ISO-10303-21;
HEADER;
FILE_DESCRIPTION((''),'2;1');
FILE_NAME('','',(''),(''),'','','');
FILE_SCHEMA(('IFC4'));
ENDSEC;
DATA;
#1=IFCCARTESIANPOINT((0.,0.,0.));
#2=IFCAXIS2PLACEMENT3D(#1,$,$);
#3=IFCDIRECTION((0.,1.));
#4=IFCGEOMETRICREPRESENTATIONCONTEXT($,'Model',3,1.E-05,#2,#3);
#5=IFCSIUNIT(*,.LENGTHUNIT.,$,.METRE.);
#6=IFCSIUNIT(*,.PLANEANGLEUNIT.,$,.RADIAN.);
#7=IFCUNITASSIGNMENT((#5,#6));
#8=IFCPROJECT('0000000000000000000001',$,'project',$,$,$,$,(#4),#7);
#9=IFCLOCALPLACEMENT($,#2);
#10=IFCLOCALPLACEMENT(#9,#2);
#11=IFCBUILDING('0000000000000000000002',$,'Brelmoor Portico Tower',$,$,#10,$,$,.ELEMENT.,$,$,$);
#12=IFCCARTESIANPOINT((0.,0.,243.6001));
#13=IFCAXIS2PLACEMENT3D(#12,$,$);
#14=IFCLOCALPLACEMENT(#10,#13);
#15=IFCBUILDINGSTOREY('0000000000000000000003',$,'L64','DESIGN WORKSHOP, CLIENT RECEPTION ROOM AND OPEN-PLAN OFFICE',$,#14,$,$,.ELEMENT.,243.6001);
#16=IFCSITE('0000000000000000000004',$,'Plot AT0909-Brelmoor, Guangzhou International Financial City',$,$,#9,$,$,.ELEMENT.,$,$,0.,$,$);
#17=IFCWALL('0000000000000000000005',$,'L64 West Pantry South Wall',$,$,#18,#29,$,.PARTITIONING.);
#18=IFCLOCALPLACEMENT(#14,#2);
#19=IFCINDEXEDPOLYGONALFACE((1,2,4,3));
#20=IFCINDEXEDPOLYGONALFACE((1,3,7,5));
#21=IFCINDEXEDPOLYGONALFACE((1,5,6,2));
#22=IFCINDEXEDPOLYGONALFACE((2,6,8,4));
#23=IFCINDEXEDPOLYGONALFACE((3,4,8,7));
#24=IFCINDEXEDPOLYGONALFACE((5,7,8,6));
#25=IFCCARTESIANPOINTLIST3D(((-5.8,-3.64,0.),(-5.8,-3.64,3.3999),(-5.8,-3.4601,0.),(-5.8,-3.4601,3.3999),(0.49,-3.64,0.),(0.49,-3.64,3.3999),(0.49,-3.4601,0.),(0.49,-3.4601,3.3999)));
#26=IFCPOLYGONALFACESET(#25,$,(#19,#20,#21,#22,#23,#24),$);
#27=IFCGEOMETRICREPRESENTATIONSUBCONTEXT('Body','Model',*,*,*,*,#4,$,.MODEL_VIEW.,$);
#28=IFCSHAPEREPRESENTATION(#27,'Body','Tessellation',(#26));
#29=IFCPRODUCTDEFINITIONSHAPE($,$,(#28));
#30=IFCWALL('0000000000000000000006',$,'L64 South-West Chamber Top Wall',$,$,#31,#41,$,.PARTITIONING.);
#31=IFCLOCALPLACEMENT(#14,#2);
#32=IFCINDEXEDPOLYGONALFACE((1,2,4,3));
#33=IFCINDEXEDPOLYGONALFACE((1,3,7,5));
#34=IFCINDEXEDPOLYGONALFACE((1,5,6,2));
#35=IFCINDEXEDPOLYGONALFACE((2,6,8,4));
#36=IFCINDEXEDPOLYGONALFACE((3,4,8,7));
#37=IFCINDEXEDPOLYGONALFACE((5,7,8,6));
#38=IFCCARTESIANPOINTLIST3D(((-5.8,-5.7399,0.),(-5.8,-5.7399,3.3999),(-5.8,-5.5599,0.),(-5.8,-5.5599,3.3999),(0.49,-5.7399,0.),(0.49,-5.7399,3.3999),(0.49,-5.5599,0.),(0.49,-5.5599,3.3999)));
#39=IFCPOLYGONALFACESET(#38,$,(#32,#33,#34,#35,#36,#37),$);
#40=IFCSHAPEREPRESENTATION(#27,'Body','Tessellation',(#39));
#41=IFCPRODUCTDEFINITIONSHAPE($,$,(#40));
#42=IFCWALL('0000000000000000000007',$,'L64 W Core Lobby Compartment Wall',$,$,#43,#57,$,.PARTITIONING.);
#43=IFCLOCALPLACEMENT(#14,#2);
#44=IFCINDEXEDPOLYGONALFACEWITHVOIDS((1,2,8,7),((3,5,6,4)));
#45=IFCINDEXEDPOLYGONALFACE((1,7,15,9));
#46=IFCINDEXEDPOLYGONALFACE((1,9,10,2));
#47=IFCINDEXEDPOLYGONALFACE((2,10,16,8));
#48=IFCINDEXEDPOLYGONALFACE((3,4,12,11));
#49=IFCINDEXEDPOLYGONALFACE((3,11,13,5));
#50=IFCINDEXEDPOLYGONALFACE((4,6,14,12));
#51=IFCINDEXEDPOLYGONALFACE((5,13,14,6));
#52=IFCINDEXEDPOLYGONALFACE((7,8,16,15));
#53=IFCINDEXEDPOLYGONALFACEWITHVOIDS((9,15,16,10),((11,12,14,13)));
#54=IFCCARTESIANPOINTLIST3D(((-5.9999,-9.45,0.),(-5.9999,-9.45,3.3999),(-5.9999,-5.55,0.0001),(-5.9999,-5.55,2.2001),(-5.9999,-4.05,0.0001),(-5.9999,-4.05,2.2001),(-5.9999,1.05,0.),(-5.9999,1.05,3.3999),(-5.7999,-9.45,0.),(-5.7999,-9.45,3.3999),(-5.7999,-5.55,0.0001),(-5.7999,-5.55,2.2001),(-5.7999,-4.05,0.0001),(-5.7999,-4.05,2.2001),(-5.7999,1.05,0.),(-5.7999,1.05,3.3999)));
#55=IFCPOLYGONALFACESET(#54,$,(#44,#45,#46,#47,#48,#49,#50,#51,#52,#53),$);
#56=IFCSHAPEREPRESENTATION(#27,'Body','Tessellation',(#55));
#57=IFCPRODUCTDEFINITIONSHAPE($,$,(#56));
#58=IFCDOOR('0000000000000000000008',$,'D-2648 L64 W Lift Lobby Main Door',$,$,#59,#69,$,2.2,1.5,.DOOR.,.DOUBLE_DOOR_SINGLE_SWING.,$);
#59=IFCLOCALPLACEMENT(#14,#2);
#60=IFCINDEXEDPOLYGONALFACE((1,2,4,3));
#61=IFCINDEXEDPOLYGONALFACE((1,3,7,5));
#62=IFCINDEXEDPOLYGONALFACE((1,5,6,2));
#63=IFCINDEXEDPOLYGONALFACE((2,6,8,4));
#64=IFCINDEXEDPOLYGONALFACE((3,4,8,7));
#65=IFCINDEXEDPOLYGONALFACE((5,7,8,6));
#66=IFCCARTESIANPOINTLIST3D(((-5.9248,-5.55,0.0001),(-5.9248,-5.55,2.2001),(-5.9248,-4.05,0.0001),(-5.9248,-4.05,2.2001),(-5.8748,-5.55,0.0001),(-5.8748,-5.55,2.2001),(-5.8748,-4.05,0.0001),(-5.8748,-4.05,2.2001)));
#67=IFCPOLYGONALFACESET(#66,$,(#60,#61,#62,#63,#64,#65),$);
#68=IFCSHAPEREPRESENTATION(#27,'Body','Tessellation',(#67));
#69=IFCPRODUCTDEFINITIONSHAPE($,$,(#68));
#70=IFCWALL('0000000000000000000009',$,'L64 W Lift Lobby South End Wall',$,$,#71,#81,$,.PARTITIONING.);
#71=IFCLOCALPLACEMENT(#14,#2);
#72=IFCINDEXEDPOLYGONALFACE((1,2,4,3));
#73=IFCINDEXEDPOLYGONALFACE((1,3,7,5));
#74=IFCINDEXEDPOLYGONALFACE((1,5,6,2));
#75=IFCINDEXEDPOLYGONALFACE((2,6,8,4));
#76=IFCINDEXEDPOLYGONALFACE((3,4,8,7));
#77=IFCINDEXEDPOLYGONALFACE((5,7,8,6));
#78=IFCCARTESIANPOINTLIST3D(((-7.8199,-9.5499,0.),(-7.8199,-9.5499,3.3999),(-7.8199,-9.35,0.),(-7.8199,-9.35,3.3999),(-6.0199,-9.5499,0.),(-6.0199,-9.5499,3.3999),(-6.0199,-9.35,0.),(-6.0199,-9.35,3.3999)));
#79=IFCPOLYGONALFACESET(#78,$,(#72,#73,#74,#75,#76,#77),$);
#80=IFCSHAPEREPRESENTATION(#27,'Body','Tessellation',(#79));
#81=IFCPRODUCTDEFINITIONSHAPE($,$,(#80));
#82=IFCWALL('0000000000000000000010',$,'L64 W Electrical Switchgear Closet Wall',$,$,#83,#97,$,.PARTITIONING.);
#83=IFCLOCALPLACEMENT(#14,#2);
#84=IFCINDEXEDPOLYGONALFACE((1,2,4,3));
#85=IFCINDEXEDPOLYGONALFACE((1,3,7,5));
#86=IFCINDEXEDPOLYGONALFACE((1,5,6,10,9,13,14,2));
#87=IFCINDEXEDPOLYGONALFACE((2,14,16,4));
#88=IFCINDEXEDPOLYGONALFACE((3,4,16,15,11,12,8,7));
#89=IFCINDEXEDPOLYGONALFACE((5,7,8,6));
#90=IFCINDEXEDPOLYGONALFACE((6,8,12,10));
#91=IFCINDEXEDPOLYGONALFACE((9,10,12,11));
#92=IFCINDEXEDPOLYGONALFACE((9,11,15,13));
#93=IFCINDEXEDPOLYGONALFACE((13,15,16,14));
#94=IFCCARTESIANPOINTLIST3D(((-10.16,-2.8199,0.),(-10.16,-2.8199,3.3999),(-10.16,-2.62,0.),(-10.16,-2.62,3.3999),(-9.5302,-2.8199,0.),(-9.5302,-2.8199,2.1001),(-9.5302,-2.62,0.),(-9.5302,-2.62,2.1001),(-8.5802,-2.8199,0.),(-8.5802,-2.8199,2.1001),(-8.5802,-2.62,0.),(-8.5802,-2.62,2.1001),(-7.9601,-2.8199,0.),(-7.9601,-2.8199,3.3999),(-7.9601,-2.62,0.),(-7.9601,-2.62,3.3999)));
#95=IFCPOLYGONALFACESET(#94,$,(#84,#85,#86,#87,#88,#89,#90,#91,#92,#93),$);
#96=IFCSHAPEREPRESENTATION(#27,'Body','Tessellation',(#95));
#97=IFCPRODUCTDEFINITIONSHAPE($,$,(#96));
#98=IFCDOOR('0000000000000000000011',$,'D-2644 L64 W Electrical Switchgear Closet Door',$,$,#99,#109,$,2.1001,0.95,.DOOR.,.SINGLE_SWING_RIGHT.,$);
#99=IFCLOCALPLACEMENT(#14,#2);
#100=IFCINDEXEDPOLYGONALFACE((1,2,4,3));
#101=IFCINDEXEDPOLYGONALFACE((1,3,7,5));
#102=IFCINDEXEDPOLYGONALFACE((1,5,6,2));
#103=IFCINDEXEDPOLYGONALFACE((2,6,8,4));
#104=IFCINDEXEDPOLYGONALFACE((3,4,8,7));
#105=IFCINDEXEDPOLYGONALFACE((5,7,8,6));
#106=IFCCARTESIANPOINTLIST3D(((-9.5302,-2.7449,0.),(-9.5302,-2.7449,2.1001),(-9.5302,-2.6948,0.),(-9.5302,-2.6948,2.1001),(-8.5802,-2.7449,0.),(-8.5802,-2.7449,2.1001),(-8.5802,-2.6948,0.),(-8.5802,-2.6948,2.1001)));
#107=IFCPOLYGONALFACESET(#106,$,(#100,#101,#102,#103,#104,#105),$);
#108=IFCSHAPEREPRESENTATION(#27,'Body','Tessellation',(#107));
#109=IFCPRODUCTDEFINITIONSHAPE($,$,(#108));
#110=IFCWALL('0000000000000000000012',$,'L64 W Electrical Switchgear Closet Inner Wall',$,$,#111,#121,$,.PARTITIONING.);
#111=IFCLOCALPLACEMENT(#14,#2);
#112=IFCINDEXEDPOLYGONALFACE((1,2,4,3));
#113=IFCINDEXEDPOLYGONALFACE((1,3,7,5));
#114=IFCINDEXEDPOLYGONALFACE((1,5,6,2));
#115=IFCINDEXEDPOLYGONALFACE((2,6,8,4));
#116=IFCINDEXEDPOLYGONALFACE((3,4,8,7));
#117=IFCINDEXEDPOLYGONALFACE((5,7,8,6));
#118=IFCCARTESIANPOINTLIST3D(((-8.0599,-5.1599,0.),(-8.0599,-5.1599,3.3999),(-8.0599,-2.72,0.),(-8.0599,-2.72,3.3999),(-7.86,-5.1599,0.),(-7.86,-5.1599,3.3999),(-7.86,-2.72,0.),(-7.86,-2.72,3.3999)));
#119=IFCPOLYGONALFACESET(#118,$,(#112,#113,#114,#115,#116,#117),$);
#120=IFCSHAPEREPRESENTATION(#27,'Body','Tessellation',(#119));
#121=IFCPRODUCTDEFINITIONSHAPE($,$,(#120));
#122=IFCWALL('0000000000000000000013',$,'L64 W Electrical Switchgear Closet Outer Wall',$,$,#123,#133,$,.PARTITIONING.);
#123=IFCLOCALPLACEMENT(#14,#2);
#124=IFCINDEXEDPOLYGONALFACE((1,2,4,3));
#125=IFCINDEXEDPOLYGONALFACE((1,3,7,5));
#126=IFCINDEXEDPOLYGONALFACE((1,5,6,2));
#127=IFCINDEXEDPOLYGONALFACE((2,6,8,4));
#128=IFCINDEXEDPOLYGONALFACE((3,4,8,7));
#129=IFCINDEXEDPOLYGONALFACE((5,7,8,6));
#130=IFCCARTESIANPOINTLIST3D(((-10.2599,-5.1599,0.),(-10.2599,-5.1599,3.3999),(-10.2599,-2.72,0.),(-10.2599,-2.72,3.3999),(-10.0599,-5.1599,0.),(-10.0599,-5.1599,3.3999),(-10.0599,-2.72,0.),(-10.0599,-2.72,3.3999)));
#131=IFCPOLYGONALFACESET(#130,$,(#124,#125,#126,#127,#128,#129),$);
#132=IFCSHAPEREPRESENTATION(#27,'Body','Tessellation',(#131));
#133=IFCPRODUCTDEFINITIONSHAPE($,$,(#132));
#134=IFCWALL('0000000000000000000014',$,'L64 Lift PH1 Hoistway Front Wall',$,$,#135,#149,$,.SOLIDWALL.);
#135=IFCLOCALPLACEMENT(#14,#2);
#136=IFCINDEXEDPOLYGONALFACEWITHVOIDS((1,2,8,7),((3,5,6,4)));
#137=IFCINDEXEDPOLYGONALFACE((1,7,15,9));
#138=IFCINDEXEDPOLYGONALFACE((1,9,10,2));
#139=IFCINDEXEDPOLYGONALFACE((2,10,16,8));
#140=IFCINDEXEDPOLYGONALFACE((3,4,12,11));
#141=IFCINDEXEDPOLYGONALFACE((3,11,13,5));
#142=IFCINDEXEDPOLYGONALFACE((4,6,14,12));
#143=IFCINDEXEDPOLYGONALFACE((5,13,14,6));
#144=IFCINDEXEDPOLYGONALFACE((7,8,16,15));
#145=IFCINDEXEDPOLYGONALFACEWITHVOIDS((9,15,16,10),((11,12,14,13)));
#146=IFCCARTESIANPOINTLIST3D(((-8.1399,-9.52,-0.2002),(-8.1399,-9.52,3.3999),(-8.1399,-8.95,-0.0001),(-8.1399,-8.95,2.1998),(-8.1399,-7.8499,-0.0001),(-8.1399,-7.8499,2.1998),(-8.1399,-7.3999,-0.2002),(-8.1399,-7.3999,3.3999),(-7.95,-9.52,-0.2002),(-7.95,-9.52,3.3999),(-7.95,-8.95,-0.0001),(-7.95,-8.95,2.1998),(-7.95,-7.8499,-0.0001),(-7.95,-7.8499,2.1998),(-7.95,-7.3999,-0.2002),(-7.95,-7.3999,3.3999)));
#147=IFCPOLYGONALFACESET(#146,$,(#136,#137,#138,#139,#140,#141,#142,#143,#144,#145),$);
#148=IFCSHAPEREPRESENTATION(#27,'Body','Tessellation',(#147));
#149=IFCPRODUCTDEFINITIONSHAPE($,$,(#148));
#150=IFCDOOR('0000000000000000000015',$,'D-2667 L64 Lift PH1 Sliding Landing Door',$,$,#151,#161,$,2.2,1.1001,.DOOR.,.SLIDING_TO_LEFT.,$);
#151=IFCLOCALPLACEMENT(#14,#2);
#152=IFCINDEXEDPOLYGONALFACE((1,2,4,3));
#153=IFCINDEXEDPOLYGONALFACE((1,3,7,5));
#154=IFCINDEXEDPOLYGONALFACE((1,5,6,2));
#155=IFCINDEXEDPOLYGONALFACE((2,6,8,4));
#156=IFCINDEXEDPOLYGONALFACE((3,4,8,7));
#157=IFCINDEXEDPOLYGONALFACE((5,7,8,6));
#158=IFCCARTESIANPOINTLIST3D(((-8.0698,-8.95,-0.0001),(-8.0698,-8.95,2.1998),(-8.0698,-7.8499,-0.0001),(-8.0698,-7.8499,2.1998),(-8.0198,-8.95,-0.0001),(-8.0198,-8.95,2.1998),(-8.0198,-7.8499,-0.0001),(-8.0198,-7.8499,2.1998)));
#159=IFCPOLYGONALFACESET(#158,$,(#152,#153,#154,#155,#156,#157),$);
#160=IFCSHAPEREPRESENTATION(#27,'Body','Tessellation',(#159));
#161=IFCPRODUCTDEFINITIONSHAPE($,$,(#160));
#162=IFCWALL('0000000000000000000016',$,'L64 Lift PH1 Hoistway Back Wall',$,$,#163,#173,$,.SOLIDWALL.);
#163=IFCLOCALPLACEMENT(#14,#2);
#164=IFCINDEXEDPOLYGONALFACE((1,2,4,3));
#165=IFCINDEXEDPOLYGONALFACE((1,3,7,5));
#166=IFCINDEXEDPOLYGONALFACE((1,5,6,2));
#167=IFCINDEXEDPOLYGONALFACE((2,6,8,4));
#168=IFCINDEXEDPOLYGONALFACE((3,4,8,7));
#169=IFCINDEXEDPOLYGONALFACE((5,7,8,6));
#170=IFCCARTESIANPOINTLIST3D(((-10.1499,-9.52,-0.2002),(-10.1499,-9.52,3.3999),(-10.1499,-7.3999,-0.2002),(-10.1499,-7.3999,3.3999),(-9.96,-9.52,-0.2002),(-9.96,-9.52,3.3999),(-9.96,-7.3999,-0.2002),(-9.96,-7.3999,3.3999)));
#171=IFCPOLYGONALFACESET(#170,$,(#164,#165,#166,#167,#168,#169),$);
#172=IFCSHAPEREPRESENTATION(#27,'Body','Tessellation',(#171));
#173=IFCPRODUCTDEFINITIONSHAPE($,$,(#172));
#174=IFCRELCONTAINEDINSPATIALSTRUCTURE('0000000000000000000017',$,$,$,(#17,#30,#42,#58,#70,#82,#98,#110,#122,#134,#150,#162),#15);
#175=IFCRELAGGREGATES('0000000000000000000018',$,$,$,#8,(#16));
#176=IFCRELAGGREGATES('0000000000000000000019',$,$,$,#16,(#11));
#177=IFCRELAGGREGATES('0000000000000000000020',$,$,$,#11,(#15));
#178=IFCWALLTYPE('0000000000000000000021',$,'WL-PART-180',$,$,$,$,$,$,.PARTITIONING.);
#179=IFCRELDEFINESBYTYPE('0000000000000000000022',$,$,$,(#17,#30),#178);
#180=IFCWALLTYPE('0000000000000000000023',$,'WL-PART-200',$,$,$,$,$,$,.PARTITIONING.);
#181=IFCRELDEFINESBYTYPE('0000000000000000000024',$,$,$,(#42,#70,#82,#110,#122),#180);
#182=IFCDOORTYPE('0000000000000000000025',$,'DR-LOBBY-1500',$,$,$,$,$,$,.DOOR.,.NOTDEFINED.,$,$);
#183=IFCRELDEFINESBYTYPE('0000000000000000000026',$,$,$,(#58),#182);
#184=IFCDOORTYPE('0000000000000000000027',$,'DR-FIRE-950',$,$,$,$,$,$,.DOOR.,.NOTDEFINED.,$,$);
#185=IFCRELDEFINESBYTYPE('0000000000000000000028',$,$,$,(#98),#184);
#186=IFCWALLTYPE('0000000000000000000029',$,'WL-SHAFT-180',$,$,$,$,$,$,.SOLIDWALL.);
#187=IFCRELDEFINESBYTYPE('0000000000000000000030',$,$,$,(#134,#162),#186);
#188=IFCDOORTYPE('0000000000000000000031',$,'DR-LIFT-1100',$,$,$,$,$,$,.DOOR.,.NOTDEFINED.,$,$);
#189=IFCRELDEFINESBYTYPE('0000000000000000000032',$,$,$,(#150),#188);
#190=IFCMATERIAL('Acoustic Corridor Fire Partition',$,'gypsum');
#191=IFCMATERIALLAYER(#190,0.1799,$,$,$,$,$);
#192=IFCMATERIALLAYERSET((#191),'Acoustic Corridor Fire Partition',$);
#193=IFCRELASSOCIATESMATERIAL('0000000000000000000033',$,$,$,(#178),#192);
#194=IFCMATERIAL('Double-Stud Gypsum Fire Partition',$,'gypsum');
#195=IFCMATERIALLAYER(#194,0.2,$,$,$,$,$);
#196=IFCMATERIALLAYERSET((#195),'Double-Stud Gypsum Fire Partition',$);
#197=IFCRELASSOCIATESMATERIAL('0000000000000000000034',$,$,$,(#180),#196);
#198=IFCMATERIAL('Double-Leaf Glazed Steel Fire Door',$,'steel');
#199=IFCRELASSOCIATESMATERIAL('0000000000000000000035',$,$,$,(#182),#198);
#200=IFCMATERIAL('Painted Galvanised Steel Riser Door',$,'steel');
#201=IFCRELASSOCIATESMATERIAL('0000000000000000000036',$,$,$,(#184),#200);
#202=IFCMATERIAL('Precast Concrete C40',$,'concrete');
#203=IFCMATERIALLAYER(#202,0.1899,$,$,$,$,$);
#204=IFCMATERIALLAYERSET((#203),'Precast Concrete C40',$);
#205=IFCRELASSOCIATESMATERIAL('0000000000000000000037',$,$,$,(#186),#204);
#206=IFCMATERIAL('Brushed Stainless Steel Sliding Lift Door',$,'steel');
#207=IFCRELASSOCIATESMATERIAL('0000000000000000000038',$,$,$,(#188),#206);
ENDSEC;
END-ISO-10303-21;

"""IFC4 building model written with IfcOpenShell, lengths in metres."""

from ifc_helpers import new_model, si_unit, direction, frame, frame_2d, origin, place, context, subcontext, project, spatial, rectangle, extrude, material, layer, layer_set, type_object, element, fill, save


model = new_model("IFC4")

# Units and contexts
model_context = context("Model", 3, precision=1e-05, world=origin(), true_north=direction((0.0, 1.0)))
body_context = subcontext(model_context, "Body", "Model", "MODEL_VIEW")
ifc_project = project(units=[si_unit("LENGTHUNIT", "METRE"), si_unit("PLANEANGLEUNIT", "RADIAN")], contexts=[model_context])

# Site, building, storey
site_placement = place(None, origin())
site = spatial("IfcSite", under=ifc_project, at=site_placement, Name="Plot AT0909-Brelmoor, Guangzhou International Financial City", CompositionType="ELEMENT", RefElevation=0.0)
building_placement = place(site_placement, origin())
building = spatial("IfcBuilding", under=site, at=building_placement, Name="Brelmoor Portico Tower", CompositionType="ELEMENT")
storey_placement = place(building_placement, frame((0.0, 0.0, 243.6001)))
storey = spatial("IfcBuildingStorey", under=building, at=storey_placement, Name="L64", Description="DESIGN WORKSHOP, CLIENT RECEPTION ROOM AND OPEN-PLAN OFFICE", CompositionType="ELEMENT", Elevation=243.6001)

# Walls
ifc_material_1 = material(Name="Acoustic Corridor Fire Partition", Category="gypsum")
ifc_layer_1 = layer(ifc_material_1, 0.1799)
ifc_layer_set_1 = layer_set([ifc_layer_1], Name="Acoustic Corridor Fire Partition")
wall_type_1 = type_object("IfcWallType", Name="WL-PART-180", PredefinedType="PARTITIONING", material=ifc_layer_set_1)
for number, where, z_axis, x_axis, name in (
    (1, (-5.8, -3.55, 0.0), (0.0, 0.0, 1.0), (1.0, 0.0, 0.0), "L64 West Pantry South Wall"),
    (2, (-5.8, -5.6499, 0.0), (0.0, 0.0, 1.0), (1.0, 0.0, 0.0), "L64 South-West Chamber Top Wall"),
):
    element("IfcWall", number, at=place(storey_placement, frame(where, z_axis=z_axis, x_axis=x_axis)), inside=storey, type_object=wall_type_1, Name=name, PredefinedType="PARTITIONING", context=body_context, shape_type="SweptSolid", body=[
        extrude(rectangle(XDim=6.29, YDim=0.1799, at=frame_2d((3.145, 0.0))), origin(), (0.0, 0.0, 1.0), 3.3999),
    ])

# Wall, opening, door
ifc_material_2 = material(Name="Double-Stud Gypsum Fire Partition", Category="gypsum")
ifc_layer_2 = layer(ifc_material_2, 0.2)
ifc_layer_set_2 = layer_set([ifc_layer_2], Name="Double-Stud Gypsum Fire Partition")
wall_type_2 = type_object("IfcWallType", Name="WL-PART-200", PredefinedType="PARTITIONING", material=ifc_layer_set_2)
wall_1_placement = place(storey_placement, frame((-5.8999, -9.45, 0.0), z_axis=(0.0, 0.0, 1.0), x_axis=(0.0, 1.0, 0.0)))
wall_1 = element("IfcWall", 3, at=wall_1_placement, inside=storey, type_object=wall_type_2, Name="L64 W Core Lobby Compartment Wall", PredefinedType="PARTITIONING", context=body_context, shape_type="SweptSolid", body=[
    extrude(rectangle(XDim=10.5, YDim=0.2, at=frame_2d((5.25, 0.0))), origin(), (0.0, 0.0, 1.0), 3.3999),
])
opening_1_placement = place(wall_1_placement, frame((3.8999, 0.0, 0.0)))
opening_1 = element("IfcOpeningElement", 4, at=opening_1_placement, cuts=wall_1, PredefinedType="OPENING", context=body_context, shape_type="SweptSolid", body=[
    extrude(rectangle(XDim=1.5, YDim=2.2, at=frame_2d((0.75, 1.1001))), frame((0.0, 0.1099, 0.0), z_axis=(0.0, -1.0, 0.0), x_axis=(1.0, 0.0, 0.0)), (0.0, 0.0, 1.0), 0.22),
])
ifc_material_3 = material(Name="Double-Leaf Glazed Steel Fire Door", Category="steel")
door_type_1 = type_object("IfcDoorType", Name="DR-LOBBY-1500", OperationType="NOTDEFINED", PredefinedType="DOOR", material=ifc_material_3)
door_1_placement = place(opening_1_placement, origin())
door_1 = element("IfcDoor", 5, at=door_1_placement, inside=storey, type_object=door_type_1, Name="D-2648 L64 W Lift Lobby Main Door", OperationType="DOUBLE_DOOR_SINGLE_SWING", OverallHeight=2.2, OverallWidth=1.5, PredefinedType="DOOR", context=body_context, shape_type="SweptSolid", body=[
    extrude(rectangle(XDim=1.5, YDim=2.2, at=frame_2d((0.75, 1.1001))), frame((0.0, 0.0249, 0.0), z_axis=(0.0, -1.0, 0.0), x_axis=(1.0, 0.0, 0.0)), (0.0, 0.0, 1.0), 0.05),
])
fill(opening_1, door_1)

# Wall
wall_2_placement = place(storey_placement, frame((-6.02, -9.45, 0.0), z_axis=(0.0, 0.0, 1.0), x_axis=(-1.0, 0.0, 0.0)))
element("IfcWall", 6, at=wall_2_placement, inside=storey, type_object=wall_type_2, Name="L64 W Lift Lobby South End Wall", PredefinedType="PARTITIONING", context=body_context, shape_type="SweptSolid", body=[
    extrude(rectangle(XDim=1.8, YDim=0.2, at=frame_2d((0.8999, 0.0))), origin(), (0.0, 0.0, 1.0), 3.3999),
])

# Wall, opening, door
wall_3_placement = place(storey_placement, frame((-7.96, -2.72, 0.0), z_axis=(0.0, 0.0, 1.0), x_axis=(-1.0, 0.0, 0.0)))
wall_3 = element("IfcWall", 7, at=wall_3_placement, inside=storey, type_object=wall_type_2, Name="L64 W Electrical Switchgear Closet Wall", PredefinedType="PARTITIONING", context=body_context, shape_type="SweptSolid", body=[
    extrude(rectangle(XDim=2.2, YDim=0.2, at=frame_2d((1.1001, 0.0))), origin(), (0.0, 0.0, 1.0), 3.3999),
])
opening_2_placement = place(wall_3_placement, frame((0.6201, 0.0, 0.0)))
opening_2 = element("IfcOpeningElement", 8, at=opening_2_placement, cuts=wall_3, PredefinedType="OPENING", context=body_context, shape_type="SweptSolid", body=[
    extrude(rectangle(XDim=0.95, YDim=2.1001, at=frame_2d((0.4751, 1.05))), frame((0.0, 0.1099, 0.0), z_axis=(0.0, -1.0, 0.0), x_axis=(1.0, 0.0, 0.0)), (0.0, 0.0, 1.0), 0.22),
])
ifc_material_4 = material(Name="Painted Galvanised Steel Riser Door", Category="steel")
door_type_2 = type_object("IfcDoorType", Name="DR-FIRE-950", OperationType="NOTDEFINED", PredefinedType="DOOR", material=ifc_material_4)
door_2_placement = place(opening_2_placement, origin())
door_2 = element("IfcDoor", 9, at=door_2_placement, inside=storey, type_object=door_type_2, Name="D-2644 L64 W Electrical Switchgear Closet Door", OperationType="SINGLE_SWING_RIGHT", OverallHeight=2.1001, OverallWidth=0.95, PredefinedType="DOOR", context=body_context, shape_type="SweptSolid", body=[
    extrude(rectangle(XDim=0.95, YDim=2.1001, at=frame_2d((0.4751, 1.05))), frame((0.0, 0.0249, 0.0), z_axis=(0.0, -1.0, 0.0), x_axis=(1.0, 0.0, 0.0)), (0.0, 0.0, 1.0), 0.05),
])
fill(opening_2, door_2)

# Walls
for number, where, z_axis, x_axis, name in (
    (10, (-7.96, -5.1599, 0.0), (0.0, 0.0, 1.0), (0.0, 1.0, 0.0), "L64 W Electrical Switchgear Closet Inner Wall"),
    (11, (-10.1599, -5.1599, 0.0), (0.0, 0.0, 1.0), (0.0, 1.0, 0.0), "L64 W Electrical Switchgear Closet Outer Wall"),
):
    element("IfcWall", number, at=place(storey_placement, frame(where, z_axis=z_axis, x_axis=x_axis)), inside=storey, type_object=wall_type_2, Name=name, PredefinedType="PARTITIONING", context=body_context, shape_type="SweptSolid", body=[
        extrude(rectangle(XDim=2.4399, YDim=0.2, at=frame_2d((1.22, 0.0))), origin(), (0.0, 0.0, 1.0), 3.3999),
    ])

# Wall, opening, door
ifc_material_5 = material(Name="Precast Concrete C40", Category="concrete")
ifc_layer_3 = layer(ifc_material_5, 0.1899)
ifc_layer_set_3 = layer_set([ifc_layer_3], Name="Precast Concrete C40")
wall_type_3 = type_object("IfcWallType", Name="WL-SHAFT-180", PredefinedType="SOLIDWALL", material=ifc_layer_set_3)
wall_4_placement = place(storey_placement, frame((-8.0449, -9.52, -0.2002), z_axis=(0.0, 0.0, 1.0), x_axis=(0.0, 1.0, 0.0)))
wall_4 = element("IfcWall", 12, at=wall_4_placement, inside=storey, type_object=wall_type_3, Name="L64 Lift PH1 Hoistway Front Wall", PredefinedType="SOLIDWALL", context=body_context, shape_type="SweptSolid", body=[
    extrude(rectangle(XDim=2.1201, YDim=0.1899, at=frame_2d((1.0601, 0.0))), origin(), (0.0, 0.0, 1.0), 3.6001),
])
opening_3_placement = place(wall_4_placement, frame((0.5701, 0.0, 0.2)))
opening_3 = element("IfcOpeningElement", 13, at=opening_3_placement, cuts=wall_4, PredefinedType="OPENING", context=body_context, shape_type="SweptSolid", body=[
    extrude(rectangle(XDim=1.1001, YDim=2.2, at=frame_2d((0.55, 1.1001))), frame((0.0, 0.105, 0.0), z_axis=(0.0, -1.0, 0.0), x_axis=(1.0, 0.0, 0.0)), (0.0, 0.0, 1.0), 0.21),
])
ifc_material_6 = material(Name="Brushed Stainless Steel Sliding Lift Door", Category="steel")
door_type_3 = type_object("IfcDoorType", Name="DR-LIFT-1100", OperationType="NOTDEFINED", PredefinedType="DOOR", material=ifc_material_6)
door_3_placement = place(opening_3_placement, origin())
door_3 = element("IfcDoor", 14, at=door_3_placement, inside=storey, type_object=door_type_3, Name="D-2667 L64 Lift PH1 Sliding Landing Door", OperationType="SLIDING_TO_LEFT", OverallHeight=2.2, OverallWidth=1.1001, PredefinedType="DOOR", context=body_context, shape_type="SweptSolid", body=[
    extrude(rectangle(XDim=1.1001, YDim=2.2, at=frame_2d((0.55, 1.1001))), frame((0.0, 0.0249, 0.0), z_axis=(0.0, -1.0, 0.0), x_axis=(1.0, 0.0, 0.0)), (0.0, 0.0, 1.0), 0.05),
])
fill(opening_3, door_3)

# Wall
wall_5_placement = place(storey_placement, frame((-10.0549, -9.52, -0.2002), z_axis=(0.0, 0.0, 1.0), x_axis=(0.0, 1.0, 0.0)))
element("IfcWall", 15, at=wall_5_placement, inside=storey, type_object=wall_type_3, Name="L64 Lift PH1 Hoistway Back Wall", PredefinedType="SOLIDWALL", context=body_context, shape_type="SweptSolid", body=[
    extrude(rectangle(XDim=2.1201, YDim=0.1899, at=frame_2d((1.0601, 0.0))), origin(), (0.0, 0.0, 1.0), 3.6001),
])

save(model, "model.ifc")
